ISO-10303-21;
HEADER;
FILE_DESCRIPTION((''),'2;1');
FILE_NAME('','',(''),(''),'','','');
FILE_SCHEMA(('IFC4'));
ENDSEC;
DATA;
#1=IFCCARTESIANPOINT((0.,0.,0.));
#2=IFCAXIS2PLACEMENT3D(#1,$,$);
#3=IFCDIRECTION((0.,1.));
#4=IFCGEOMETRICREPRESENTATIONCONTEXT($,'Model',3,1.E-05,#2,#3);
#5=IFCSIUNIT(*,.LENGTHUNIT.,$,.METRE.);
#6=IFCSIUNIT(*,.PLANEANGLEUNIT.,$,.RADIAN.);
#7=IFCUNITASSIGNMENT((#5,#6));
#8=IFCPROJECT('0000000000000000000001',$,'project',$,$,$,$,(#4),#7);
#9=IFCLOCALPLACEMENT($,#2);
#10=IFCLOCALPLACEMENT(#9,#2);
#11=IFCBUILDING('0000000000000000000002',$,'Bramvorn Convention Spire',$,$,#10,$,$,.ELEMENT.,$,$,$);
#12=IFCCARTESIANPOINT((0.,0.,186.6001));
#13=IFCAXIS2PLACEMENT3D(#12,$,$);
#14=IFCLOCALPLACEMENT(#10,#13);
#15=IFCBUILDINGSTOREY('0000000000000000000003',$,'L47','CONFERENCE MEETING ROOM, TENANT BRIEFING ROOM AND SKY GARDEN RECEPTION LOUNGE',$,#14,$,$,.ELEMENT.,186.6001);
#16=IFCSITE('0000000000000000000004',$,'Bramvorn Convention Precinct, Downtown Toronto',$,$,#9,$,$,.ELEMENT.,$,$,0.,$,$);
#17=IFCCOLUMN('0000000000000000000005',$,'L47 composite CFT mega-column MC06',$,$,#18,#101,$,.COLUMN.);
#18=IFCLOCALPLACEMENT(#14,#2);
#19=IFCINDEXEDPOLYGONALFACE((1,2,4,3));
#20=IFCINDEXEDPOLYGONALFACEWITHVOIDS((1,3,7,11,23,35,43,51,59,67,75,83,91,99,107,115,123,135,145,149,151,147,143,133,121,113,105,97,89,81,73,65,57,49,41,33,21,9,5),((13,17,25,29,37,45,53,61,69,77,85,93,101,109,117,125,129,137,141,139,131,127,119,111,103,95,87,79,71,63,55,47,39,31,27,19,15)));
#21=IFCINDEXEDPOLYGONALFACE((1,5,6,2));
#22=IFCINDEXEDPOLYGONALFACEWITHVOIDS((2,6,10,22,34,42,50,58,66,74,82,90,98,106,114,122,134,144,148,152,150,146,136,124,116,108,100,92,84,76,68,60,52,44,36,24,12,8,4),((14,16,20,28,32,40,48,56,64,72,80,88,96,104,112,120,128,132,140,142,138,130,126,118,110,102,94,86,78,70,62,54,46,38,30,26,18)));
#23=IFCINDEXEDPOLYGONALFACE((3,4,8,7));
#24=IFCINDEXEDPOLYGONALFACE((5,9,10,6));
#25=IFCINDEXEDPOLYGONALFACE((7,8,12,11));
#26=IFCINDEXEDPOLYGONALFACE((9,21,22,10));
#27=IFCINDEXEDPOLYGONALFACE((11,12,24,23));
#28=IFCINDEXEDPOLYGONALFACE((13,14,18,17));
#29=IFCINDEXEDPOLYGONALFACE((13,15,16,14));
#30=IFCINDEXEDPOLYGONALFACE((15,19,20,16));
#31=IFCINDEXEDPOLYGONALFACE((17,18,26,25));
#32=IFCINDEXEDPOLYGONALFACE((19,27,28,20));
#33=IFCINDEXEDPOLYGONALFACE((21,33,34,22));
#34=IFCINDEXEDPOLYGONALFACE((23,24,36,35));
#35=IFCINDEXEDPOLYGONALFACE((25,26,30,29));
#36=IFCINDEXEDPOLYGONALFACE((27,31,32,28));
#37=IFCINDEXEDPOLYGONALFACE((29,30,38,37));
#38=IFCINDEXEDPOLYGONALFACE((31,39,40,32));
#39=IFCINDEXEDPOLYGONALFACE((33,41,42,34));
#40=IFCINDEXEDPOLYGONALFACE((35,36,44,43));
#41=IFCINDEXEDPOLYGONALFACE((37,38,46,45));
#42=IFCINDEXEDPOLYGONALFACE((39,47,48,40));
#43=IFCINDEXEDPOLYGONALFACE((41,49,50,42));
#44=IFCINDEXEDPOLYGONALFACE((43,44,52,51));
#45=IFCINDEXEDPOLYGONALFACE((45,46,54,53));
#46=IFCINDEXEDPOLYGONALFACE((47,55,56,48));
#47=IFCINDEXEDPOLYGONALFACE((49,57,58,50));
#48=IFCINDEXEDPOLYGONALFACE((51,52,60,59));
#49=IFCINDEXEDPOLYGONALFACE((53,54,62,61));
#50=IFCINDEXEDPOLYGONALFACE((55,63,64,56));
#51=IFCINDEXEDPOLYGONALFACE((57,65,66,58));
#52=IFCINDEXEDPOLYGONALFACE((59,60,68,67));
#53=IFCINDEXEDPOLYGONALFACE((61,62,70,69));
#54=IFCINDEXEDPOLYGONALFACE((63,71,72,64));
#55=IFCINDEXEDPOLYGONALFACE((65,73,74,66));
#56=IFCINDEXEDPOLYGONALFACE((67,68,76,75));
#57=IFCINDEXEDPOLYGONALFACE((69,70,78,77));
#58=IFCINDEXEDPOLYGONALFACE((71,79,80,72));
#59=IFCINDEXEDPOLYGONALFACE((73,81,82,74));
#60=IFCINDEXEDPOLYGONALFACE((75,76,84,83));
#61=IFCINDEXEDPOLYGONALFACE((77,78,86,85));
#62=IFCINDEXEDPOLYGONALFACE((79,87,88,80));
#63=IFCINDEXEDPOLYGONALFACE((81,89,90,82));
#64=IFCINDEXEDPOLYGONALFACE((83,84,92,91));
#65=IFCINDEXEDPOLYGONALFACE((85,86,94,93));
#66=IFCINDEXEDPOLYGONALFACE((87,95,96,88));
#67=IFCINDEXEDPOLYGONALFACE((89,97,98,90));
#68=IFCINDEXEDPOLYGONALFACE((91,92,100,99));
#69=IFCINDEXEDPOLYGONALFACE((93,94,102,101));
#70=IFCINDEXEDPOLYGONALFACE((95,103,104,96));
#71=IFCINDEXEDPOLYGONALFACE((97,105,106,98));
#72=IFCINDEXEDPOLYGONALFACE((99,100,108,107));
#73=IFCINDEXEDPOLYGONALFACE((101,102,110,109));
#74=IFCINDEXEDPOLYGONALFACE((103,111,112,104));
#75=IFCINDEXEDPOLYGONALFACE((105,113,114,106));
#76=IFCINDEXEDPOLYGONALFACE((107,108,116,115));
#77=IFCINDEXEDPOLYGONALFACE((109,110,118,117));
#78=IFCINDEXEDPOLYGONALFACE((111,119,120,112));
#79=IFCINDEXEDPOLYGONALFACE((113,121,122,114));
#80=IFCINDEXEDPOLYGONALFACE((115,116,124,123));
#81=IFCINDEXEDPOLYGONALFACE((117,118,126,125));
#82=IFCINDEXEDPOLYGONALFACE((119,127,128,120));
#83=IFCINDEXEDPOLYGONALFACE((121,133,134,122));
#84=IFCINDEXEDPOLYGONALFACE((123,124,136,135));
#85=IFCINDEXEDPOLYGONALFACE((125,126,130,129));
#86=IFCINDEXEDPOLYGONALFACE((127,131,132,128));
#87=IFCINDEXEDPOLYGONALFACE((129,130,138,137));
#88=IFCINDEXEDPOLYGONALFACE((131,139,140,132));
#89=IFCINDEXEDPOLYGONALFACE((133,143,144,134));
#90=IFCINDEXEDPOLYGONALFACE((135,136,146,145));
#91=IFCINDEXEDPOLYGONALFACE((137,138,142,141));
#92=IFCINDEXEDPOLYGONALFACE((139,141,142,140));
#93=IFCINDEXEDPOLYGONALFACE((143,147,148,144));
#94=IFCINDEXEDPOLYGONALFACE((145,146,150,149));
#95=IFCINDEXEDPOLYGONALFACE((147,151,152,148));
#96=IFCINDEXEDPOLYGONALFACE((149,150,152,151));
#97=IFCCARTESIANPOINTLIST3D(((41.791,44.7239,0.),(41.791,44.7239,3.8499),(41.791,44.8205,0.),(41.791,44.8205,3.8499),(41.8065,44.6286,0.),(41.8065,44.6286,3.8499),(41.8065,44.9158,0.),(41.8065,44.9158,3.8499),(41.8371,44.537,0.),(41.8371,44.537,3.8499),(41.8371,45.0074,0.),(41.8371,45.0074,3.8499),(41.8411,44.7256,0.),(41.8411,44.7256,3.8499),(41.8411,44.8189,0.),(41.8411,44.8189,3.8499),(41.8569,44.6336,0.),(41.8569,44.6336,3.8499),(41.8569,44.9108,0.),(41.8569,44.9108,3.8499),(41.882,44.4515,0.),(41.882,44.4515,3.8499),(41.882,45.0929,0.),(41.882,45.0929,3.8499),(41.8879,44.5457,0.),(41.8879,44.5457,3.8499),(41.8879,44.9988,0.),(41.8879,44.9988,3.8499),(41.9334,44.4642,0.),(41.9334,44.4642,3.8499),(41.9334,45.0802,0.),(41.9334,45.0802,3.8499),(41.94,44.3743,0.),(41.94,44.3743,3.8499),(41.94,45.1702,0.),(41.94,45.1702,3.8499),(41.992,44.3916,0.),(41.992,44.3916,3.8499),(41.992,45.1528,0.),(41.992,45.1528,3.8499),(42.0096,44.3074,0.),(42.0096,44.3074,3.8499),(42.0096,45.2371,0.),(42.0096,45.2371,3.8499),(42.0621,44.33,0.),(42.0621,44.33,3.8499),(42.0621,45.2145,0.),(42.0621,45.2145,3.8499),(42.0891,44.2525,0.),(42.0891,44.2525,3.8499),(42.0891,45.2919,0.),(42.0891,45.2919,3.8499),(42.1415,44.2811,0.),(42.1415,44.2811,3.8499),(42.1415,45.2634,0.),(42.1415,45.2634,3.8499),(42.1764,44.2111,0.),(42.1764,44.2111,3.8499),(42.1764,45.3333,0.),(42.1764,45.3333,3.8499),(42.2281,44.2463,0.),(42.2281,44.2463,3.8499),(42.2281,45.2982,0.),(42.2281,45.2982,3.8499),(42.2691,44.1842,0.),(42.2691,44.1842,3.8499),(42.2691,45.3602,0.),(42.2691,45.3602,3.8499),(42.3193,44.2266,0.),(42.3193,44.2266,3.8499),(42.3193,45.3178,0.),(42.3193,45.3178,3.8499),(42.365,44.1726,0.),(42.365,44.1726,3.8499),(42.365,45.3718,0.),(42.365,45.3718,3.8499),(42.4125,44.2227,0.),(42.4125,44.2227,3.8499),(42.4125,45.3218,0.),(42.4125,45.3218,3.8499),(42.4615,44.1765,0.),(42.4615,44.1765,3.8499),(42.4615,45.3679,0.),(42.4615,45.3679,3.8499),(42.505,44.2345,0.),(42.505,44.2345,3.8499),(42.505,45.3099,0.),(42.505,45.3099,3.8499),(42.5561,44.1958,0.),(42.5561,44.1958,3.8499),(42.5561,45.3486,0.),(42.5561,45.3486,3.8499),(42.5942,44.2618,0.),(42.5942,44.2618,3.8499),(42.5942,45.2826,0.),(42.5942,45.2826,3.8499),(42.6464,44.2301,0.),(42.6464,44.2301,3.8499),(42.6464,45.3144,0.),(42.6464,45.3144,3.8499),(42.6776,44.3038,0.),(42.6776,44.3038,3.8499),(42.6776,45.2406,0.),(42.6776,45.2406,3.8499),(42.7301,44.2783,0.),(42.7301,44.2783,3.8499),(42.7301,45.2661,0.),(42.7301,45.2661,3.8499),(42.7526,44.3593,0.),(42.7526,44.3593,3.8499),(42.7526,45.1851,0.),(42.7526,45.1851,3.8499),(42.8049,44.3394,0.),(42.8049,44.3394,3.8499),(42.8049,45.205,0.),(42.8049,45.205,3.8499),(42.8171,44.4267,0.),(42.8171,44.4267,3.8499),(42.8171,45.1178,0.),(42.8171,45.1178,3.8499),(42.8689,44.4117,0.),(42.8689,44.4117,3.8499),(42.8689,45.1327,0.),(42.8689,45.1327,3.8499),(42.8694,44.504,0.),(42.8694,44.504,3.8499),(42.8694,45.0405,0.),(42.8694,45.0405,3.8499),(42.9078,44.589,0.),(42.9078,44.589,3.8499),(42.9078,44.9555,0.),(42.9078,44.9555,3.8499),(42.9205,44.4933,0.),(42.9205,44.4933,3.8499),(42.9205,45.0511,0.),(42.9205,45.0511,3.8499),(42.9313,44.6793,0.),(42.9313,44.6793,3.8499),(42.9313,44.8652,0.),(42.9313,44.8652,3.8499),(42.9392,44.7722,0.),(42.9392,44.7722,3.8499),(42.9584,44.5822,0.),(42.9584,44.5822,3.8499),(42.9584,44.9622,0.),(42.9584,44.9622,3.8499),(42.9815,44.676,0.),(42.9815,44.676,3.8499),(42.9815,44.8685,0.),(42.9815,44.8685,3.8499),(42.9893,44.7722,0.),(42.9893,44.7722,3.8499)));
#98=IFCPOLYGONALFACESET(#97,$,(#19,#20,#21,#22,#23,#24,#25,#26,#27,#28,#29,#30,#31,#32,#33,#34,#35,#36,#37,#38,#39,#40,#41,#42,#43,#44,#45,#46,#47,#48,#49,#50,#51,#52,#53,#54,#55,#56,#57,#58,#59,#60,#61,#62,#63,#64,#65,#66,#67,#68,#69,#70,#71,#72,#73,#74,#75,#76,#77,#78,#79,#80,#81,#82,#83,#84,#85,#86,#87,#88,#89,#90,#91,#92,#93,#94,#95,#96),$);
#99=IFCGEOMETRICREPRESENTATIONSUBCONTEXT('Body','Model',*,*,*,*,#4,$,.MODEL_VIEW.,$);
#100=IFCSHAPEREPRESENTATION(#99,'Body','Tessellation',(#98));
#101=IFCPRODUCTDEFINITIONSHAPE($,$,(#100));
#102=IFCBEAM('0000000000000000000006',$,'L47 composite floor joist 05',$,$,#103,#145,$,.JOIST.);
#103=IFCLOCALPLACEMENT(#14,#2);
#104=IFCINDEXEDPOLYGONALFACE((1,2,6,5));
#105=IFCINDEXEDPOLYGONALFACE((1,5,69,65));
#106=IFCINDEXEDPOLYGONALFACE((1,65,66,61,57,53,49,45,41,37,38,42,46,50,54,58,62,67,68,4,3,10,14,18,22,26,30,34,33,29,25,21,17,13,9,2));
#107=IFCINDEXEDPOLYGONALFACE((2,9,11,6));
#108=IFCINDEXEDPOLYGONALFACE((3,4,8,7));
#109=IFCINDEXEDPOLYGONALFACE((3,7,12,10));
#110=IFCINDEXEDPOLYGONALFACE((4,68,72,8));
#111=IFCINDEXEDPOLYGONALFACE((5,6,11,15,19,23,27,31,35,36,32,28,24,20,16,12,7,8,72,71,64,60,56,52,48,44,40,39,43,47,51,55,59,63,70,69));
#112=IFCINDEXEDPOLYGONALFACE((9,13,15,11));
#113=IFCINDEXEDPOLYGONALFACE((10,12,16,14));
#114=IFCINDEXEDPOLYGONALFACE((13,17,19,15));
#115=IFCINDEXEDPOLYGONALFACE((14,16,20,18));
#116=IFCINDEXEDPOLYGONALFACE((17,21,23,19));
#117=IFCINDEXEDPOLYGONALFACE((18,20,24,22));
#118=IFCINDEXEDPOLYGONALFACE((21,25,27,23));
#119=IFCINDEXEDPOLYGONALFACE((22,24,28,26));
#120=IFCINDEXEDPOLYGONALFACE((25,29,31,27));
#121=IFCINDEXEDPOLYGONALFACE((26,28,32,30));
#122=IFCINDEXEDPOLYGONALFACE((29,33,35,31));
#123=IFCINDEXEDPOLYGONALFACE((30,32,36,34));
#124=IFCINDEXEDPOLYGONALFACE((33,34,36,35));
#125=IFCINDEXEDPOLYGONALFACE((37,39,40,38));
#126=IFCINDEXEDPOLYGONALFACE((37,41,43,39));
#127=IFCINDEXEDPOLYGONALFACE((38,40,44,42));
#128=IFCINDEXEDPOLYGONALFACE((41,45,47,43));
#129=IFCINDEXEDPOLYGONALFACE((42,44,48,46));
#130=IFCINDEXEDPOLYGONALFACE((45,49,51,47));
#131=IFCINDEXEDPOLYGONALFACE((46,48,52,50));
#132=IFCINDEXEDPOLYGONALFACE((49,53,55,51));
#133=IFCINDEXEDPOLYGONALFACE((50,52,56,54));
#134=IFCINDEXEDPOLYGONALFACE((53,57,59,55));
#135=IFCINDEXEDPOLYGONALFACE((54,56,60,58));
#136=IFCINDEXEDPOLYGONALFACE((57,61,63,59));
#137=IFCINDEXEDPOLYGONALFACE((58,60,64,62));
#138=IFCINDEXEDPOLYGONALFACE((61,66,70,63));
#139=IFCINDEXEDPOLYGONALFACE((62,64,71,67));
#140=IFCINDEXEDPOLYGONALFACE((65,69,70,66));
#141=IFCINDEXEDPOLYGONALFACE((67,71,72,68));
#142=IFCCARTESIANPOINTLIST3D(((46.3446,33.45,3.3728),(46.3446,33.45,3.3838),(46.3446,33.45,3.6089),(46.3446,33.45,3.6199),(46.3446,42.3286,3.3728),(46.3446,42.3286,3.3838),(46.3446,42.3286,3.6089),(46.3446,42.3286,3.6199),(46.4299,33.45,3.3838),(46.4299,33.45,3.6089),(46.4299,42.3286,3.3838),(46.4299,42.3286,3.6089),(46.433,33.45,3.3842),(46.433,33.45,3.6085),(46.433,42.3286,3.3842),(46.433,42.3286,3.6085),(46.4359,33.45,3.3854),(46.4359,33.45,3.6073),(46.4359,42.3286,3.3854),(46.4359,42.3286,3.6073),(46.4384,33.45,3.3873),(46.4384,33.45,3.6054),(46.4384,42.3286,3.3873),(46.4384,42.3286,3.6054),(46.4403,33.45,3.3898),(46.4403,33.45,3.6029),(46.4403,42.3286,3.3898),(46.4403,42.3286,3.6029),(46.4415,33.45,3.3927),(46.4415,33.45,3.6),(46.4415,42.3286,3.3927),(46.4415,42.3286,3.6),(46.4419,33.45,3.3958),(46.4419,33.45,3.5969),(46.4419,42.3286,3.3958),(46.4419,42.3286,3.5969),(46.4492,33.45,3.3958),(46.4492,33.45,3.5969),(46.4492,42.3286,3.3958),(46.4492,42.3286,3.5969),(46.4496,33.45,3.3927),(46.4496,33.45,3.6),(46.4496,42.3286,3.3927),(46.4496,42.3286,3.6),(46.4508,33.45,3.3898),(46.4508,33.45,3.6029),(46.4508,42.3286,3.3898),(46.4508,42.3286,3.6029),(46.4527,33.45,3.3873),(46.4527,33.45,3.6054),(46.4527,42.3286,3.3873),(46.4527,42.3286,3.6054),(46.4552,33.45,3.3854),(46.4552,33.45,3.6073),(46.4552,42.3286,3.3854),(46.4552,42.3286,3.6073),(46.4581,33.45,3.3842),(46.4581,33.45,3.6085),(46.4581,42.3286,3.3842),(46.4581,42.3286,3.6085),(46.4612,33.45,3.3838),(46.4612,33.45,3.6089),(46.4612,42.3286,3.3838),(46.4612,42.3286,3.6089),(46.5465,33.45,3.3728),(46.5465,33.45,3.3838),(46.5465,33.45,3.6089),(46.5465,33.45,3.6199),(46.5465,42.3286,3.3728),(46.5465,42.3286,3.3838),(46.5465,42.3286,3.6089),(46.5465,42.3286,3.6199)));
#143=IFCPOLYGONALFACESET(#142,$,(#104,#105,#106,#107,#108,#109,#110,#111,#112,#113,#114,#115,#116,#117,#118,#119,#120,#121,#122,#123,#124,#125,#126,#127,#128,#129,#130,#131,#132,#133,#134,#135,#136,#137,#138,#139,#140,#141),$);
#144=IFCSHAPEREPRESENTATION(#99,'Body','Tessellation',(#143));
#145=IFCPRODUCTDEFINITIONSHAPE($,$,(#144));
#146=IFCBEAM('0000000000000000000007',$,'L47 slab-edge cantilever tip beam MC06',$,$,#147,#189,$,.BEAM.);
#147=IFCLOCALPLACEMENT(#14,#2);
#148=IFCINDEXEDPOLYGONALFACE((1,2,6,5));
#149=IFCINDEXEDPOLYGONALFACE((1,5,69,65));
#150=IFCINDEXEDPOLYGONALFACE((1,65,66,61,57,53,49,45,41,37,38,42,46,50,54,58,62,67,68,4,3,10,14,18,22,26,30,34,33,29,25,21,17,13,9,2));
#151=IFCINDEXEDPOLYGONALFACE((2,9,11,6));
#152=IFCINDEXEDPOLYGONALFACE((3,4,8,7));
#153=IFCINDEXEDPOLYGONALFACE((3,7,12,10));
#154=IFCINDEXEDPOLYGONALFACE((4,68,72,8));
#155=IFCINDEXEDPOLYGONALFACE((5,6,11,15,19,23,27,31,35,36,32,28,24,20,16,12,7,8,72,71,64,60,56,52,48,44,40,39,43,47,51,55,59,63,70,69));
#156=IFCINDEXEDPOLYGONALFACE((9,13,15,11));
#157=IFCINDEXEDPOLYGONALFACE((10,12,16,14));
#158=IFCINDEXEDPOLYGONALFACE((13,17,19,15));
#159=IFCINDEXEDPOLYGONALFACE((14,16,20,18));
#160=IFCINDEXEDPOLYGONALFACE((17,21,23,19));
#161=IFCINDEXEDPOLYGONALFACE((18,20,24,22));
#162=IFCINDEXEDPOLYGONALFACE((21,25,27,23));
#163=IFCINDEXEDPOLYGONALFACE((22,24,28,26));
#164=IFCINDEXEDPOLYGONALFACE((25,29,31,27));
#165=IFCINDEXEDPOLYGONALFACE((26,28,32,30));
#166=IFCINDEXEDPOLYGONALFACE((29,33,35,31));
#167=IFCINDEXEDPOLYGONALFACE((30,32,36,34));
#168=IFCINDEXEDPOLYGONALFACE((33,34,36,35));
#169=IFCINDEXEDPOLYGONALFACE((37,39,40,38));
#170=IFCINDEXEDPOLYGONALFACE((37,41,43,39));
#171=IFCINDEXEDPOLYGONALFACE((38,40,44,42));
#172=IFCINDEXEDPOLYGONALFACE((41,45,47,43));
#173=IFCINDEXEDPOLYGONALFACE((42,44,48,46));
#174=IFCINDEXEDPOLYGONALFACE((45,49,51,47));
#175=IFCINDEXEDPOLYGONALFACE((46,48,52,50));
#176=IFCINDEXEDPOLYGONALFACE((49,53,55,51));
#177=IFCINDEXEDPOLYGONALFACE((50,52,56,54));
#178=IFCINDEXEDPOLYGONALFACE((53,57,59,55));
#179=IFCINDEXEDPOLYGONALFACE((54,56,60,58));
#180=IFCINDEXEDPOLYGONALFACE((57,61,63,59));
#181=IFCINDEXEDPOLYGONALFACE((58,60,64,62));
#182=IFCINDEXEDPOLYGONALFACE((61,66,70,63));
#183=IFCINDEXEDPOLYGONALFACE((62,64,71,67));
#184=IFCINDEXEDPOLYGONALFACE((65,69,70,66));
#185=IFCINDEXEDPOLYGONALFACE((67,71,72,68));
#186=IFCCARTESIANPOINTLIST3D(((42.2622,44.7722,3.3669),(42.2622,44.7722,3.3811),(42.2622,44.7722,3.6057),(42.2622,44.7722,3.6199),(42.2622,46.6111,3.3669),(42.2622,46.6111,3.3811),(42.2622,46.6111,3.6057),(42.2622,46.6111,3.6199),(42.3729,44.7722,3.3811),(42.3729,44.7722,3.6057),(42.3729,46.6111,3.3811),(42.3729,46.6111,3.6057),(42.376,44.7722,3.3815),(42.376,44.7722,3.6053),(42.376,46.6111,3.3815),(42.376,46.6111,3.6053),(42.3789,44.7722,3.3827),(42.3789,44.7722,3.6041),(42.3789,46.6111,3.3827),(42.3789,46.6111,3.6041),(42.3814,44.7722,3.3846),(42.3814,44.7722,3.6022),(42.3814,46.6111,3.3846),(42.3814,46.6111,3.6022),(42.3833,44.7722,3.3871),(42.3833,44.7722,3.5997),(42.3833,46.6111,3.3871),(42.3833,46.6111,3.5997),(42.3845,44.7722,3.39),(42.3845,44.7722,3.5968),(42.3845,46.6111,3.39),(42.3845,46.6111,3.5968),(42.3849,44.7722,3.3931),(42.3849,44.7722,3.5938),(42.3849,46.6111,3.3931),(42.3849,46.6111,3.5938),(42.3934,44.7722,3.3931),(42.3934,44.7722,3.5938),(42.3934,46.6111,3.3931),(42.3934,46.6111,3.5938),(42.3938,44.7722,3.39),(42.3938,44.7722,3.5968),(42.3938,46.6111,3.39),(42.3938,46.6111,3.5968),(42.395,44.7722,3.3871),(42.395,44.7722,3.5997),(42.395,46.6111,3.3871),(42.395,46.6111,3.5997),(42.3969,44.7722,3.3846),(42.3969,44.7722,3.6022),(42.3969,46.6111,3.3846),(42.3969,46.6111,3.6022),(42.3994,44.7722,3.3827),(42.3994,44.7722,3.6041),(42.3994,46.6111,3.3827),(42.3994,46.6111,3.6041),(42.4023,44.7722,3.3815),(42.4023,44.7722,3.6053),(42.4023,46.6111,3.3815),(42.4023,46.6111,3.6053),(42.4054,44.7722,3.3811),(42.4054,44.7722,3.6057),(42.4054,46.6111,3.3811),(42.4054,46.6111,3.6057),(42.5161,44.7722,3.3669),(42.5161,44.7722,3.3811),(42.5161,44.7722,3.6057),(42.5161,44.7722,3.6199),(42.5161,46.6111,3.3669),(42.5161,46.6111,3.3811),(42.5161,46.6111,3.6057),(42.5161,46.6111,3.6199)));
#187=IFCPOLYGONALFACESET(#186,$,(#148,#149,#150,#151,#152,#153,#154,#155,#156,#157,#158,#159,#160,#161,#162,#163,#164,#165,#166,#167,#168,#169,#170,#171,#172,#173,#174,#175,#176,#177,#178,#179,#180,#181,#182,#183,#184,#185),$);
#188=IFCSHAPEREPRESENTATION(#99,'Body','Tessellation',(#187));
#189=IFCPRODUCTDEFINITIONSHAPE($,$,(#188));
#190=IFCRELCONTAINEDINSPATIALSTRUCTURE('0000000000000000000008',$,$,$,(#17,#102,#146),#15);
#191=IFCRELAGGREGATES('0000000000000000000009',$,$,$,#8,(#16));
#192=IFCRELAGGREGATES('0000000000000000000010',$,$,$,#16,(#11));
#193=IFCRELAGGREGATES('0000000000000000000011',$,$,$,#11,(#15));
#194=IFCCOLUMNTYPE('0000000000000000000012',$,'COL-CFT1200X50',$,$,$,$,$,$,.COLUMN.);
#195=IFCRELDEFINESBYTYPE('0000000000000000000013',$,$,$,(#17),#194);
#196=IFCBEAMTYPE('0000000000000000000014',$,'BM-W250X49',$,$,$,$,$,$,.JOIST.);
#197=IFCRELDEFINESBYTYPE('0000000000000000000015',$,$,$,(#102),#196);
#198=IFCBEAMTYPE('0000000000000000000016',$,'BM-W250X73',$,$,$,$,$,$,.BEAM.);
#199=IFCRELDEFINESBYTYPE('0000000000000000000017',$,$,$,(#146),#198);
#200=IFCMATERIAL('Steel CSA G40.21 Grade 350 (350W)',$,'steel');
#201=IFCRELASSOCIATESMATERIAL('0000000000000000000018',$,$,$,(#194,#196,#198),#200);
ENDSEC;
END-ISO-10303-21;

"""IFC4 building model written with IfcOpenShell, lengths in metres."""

from ifc_helpers import new_model, si_unit, direction, frame, origin, origin_2d, place, context, subcontext, project, spatial, hollow_circle, i_section, extrude, material, material_profile, profile_set, type_object, element, save


model = new_model("IFC4")

# Units and contexts
model_context = context("Model", 3, precision=1e-05, world=origin(), true_north=direction((0.0, 1.0)))
body_context = subcontext(model_context, "Body", "Model", "MODEL_VIEW")
ifc_project = project(units=[si_unit("LENGTHUNIT", "METRE"), si_unit("PLANEANGLEUNIT", "RADIAN")], contexts=[model_context])

# Site, building, storey
site_placement = place(None, origin())
site = spatial("IfcSite", under=ifc_project, at=site_placement, Name="Bramvorn Convention Precinct, Downtown Toronto", CompositionType="ELEMENT", RefElevation=0.0)
building_placement = place(site_placement, origin())
building = spatial("IfcBuilding", under=site, at=building_placement, Name="Bramvorn Convention Spire", CompositionType="ELEMENT")
storey_placement = place(building_placement, frame((0.0, 0.0, 186.6001)))
storey = spatial("IfcBuildingStorey", under=building, at=storey_placement, Name="L47", Description="CONFERENCE MEETING ROOM, TENANT BRIEFING ROOM AND SKY GARDEN RECEPTION LOUNGE", CompositionType="ELEMENT", Elevation=186.6001)

# Column
ifc_material_1 = material(Name="Steel CSA G40.21 Grade 350 (350W)", Category="steel")
ifc_material_profile_1 = material_profile(ifc_material_1, hollow_circle(Radius=0.6001, WallThickness=0.05, at=origin_2d()))
ifc_profile_set_1 = profile_set([ifc_material_profile_1], Name="Steel CSA G40.21 Grade 350 (350W) - CFT1200X50")
column_type = type_object("IfcColumnType", Name="COL-CFT1200X50", PredefinedType="COLUMN", material=ifc_profile_set_1)
column_placement = place(storey_placement, frame((42.3892, 44.7722, 0.0), z_axis=(0.0, 0.0, 1.0), x_axis=(1.0, 0.0, 0.0)))
element("IfcColumn", 1, at=column_placement, inside=storey, type_object=column_type, Name="L47 composite CFT mega-column MC06", PredefinedType="COLUMN", context=body_context, shape_type="SweptSolid", body=[
    extrude(hollow_circle(Radius=0.6001, WallThickness=0.05, at=origin_2d()), origin(), (0.0, 0.0, 1.0), 3.8499),
])

# Beams
ifc_material_profile_2 = material_profile(ifc_material_1, i_section(OverallWidth=0.2019, OverallDepth=0.2471, WebThickness=0.0073, FlangeThickness=0.011, FilletRadius=0.012, at=origin_2d()))
ifc_profile_set_2 = profile_set([ifc_material_profile_2], Name="Steel CSA G40.21 Grade 350 (350W) - W250X49")
beam_type_1 = type_object("IfcBeamType", Name="BM-W250X49", PredefinedType="JOIST", material=ifc_profile_set_2)
beam_1_placement = place(storey_placement, frame((46.4456, 33.45, 3.4963), z_axis=(0.0, 1.0, 0.0), x_axis=(-1.0, 0.0, 0.0)))
element("IfcBeam", 2, at=beam_1_placement, inside=storey, type_object=beam_type_1, Name="L47 composite floor joist 05", PredefinedType="JOIST", context=body_context, shape_type="SweptSolid", body=[
    extrude(i_section(OverallWidth=0.2019, OverallDepth=0.2471, WebThickness=0.0073, FlangeThickness=0.011, FilletRadius=0.012, at=origin_2d()), origin(), (0.0, 0.0, 1.0), 8.8787),
])
ifc_material_profile_3 = material_profile(ifc_material_1, i_section(OverallWidth=0.2539, OverallDepth=0.2529, WebThickness=0.0085, FlangeThickness=0.0142, FilletRadius=0.012, at=origin_2d()))
ifc_profile_set_3 = profile_set([ifc_material_profile_3], Name="Steel CSA G40.21 Grade 350 (350W) - W250X73")
beam_type_2 = type_object("IfcBeamType", Name="BM-W250X73", PredefinedType="BEAM", material=ifc_profile_set_3)
beam_2_placement = place(storey_placement, frame((42.3892, 44.7722, 3.4934), z_axis=(0.0, 1.0, 0.0), x_axis=(-1.0, 0.0, 0.0)))
element("IfcBeam", 3, at=beam_2_placement, inside=storey, type_object=beam_type_2, Name="L47 slab-edge cantilever tip beam MC06", PredefinedType="BEAM", context=body_context, shape_type="SweptSolid", body=[
    extrude(i_section(OverallWidth=0.2539, OverallDepth=0.2529, WebThickness=0.0085, FlangeThickness=0.0142, FilletRadius=0.012, at=origin_2d()), origin(), (0.0, 0.0, 1.0), 1.8389),
])

save(model, "model.ifc")
